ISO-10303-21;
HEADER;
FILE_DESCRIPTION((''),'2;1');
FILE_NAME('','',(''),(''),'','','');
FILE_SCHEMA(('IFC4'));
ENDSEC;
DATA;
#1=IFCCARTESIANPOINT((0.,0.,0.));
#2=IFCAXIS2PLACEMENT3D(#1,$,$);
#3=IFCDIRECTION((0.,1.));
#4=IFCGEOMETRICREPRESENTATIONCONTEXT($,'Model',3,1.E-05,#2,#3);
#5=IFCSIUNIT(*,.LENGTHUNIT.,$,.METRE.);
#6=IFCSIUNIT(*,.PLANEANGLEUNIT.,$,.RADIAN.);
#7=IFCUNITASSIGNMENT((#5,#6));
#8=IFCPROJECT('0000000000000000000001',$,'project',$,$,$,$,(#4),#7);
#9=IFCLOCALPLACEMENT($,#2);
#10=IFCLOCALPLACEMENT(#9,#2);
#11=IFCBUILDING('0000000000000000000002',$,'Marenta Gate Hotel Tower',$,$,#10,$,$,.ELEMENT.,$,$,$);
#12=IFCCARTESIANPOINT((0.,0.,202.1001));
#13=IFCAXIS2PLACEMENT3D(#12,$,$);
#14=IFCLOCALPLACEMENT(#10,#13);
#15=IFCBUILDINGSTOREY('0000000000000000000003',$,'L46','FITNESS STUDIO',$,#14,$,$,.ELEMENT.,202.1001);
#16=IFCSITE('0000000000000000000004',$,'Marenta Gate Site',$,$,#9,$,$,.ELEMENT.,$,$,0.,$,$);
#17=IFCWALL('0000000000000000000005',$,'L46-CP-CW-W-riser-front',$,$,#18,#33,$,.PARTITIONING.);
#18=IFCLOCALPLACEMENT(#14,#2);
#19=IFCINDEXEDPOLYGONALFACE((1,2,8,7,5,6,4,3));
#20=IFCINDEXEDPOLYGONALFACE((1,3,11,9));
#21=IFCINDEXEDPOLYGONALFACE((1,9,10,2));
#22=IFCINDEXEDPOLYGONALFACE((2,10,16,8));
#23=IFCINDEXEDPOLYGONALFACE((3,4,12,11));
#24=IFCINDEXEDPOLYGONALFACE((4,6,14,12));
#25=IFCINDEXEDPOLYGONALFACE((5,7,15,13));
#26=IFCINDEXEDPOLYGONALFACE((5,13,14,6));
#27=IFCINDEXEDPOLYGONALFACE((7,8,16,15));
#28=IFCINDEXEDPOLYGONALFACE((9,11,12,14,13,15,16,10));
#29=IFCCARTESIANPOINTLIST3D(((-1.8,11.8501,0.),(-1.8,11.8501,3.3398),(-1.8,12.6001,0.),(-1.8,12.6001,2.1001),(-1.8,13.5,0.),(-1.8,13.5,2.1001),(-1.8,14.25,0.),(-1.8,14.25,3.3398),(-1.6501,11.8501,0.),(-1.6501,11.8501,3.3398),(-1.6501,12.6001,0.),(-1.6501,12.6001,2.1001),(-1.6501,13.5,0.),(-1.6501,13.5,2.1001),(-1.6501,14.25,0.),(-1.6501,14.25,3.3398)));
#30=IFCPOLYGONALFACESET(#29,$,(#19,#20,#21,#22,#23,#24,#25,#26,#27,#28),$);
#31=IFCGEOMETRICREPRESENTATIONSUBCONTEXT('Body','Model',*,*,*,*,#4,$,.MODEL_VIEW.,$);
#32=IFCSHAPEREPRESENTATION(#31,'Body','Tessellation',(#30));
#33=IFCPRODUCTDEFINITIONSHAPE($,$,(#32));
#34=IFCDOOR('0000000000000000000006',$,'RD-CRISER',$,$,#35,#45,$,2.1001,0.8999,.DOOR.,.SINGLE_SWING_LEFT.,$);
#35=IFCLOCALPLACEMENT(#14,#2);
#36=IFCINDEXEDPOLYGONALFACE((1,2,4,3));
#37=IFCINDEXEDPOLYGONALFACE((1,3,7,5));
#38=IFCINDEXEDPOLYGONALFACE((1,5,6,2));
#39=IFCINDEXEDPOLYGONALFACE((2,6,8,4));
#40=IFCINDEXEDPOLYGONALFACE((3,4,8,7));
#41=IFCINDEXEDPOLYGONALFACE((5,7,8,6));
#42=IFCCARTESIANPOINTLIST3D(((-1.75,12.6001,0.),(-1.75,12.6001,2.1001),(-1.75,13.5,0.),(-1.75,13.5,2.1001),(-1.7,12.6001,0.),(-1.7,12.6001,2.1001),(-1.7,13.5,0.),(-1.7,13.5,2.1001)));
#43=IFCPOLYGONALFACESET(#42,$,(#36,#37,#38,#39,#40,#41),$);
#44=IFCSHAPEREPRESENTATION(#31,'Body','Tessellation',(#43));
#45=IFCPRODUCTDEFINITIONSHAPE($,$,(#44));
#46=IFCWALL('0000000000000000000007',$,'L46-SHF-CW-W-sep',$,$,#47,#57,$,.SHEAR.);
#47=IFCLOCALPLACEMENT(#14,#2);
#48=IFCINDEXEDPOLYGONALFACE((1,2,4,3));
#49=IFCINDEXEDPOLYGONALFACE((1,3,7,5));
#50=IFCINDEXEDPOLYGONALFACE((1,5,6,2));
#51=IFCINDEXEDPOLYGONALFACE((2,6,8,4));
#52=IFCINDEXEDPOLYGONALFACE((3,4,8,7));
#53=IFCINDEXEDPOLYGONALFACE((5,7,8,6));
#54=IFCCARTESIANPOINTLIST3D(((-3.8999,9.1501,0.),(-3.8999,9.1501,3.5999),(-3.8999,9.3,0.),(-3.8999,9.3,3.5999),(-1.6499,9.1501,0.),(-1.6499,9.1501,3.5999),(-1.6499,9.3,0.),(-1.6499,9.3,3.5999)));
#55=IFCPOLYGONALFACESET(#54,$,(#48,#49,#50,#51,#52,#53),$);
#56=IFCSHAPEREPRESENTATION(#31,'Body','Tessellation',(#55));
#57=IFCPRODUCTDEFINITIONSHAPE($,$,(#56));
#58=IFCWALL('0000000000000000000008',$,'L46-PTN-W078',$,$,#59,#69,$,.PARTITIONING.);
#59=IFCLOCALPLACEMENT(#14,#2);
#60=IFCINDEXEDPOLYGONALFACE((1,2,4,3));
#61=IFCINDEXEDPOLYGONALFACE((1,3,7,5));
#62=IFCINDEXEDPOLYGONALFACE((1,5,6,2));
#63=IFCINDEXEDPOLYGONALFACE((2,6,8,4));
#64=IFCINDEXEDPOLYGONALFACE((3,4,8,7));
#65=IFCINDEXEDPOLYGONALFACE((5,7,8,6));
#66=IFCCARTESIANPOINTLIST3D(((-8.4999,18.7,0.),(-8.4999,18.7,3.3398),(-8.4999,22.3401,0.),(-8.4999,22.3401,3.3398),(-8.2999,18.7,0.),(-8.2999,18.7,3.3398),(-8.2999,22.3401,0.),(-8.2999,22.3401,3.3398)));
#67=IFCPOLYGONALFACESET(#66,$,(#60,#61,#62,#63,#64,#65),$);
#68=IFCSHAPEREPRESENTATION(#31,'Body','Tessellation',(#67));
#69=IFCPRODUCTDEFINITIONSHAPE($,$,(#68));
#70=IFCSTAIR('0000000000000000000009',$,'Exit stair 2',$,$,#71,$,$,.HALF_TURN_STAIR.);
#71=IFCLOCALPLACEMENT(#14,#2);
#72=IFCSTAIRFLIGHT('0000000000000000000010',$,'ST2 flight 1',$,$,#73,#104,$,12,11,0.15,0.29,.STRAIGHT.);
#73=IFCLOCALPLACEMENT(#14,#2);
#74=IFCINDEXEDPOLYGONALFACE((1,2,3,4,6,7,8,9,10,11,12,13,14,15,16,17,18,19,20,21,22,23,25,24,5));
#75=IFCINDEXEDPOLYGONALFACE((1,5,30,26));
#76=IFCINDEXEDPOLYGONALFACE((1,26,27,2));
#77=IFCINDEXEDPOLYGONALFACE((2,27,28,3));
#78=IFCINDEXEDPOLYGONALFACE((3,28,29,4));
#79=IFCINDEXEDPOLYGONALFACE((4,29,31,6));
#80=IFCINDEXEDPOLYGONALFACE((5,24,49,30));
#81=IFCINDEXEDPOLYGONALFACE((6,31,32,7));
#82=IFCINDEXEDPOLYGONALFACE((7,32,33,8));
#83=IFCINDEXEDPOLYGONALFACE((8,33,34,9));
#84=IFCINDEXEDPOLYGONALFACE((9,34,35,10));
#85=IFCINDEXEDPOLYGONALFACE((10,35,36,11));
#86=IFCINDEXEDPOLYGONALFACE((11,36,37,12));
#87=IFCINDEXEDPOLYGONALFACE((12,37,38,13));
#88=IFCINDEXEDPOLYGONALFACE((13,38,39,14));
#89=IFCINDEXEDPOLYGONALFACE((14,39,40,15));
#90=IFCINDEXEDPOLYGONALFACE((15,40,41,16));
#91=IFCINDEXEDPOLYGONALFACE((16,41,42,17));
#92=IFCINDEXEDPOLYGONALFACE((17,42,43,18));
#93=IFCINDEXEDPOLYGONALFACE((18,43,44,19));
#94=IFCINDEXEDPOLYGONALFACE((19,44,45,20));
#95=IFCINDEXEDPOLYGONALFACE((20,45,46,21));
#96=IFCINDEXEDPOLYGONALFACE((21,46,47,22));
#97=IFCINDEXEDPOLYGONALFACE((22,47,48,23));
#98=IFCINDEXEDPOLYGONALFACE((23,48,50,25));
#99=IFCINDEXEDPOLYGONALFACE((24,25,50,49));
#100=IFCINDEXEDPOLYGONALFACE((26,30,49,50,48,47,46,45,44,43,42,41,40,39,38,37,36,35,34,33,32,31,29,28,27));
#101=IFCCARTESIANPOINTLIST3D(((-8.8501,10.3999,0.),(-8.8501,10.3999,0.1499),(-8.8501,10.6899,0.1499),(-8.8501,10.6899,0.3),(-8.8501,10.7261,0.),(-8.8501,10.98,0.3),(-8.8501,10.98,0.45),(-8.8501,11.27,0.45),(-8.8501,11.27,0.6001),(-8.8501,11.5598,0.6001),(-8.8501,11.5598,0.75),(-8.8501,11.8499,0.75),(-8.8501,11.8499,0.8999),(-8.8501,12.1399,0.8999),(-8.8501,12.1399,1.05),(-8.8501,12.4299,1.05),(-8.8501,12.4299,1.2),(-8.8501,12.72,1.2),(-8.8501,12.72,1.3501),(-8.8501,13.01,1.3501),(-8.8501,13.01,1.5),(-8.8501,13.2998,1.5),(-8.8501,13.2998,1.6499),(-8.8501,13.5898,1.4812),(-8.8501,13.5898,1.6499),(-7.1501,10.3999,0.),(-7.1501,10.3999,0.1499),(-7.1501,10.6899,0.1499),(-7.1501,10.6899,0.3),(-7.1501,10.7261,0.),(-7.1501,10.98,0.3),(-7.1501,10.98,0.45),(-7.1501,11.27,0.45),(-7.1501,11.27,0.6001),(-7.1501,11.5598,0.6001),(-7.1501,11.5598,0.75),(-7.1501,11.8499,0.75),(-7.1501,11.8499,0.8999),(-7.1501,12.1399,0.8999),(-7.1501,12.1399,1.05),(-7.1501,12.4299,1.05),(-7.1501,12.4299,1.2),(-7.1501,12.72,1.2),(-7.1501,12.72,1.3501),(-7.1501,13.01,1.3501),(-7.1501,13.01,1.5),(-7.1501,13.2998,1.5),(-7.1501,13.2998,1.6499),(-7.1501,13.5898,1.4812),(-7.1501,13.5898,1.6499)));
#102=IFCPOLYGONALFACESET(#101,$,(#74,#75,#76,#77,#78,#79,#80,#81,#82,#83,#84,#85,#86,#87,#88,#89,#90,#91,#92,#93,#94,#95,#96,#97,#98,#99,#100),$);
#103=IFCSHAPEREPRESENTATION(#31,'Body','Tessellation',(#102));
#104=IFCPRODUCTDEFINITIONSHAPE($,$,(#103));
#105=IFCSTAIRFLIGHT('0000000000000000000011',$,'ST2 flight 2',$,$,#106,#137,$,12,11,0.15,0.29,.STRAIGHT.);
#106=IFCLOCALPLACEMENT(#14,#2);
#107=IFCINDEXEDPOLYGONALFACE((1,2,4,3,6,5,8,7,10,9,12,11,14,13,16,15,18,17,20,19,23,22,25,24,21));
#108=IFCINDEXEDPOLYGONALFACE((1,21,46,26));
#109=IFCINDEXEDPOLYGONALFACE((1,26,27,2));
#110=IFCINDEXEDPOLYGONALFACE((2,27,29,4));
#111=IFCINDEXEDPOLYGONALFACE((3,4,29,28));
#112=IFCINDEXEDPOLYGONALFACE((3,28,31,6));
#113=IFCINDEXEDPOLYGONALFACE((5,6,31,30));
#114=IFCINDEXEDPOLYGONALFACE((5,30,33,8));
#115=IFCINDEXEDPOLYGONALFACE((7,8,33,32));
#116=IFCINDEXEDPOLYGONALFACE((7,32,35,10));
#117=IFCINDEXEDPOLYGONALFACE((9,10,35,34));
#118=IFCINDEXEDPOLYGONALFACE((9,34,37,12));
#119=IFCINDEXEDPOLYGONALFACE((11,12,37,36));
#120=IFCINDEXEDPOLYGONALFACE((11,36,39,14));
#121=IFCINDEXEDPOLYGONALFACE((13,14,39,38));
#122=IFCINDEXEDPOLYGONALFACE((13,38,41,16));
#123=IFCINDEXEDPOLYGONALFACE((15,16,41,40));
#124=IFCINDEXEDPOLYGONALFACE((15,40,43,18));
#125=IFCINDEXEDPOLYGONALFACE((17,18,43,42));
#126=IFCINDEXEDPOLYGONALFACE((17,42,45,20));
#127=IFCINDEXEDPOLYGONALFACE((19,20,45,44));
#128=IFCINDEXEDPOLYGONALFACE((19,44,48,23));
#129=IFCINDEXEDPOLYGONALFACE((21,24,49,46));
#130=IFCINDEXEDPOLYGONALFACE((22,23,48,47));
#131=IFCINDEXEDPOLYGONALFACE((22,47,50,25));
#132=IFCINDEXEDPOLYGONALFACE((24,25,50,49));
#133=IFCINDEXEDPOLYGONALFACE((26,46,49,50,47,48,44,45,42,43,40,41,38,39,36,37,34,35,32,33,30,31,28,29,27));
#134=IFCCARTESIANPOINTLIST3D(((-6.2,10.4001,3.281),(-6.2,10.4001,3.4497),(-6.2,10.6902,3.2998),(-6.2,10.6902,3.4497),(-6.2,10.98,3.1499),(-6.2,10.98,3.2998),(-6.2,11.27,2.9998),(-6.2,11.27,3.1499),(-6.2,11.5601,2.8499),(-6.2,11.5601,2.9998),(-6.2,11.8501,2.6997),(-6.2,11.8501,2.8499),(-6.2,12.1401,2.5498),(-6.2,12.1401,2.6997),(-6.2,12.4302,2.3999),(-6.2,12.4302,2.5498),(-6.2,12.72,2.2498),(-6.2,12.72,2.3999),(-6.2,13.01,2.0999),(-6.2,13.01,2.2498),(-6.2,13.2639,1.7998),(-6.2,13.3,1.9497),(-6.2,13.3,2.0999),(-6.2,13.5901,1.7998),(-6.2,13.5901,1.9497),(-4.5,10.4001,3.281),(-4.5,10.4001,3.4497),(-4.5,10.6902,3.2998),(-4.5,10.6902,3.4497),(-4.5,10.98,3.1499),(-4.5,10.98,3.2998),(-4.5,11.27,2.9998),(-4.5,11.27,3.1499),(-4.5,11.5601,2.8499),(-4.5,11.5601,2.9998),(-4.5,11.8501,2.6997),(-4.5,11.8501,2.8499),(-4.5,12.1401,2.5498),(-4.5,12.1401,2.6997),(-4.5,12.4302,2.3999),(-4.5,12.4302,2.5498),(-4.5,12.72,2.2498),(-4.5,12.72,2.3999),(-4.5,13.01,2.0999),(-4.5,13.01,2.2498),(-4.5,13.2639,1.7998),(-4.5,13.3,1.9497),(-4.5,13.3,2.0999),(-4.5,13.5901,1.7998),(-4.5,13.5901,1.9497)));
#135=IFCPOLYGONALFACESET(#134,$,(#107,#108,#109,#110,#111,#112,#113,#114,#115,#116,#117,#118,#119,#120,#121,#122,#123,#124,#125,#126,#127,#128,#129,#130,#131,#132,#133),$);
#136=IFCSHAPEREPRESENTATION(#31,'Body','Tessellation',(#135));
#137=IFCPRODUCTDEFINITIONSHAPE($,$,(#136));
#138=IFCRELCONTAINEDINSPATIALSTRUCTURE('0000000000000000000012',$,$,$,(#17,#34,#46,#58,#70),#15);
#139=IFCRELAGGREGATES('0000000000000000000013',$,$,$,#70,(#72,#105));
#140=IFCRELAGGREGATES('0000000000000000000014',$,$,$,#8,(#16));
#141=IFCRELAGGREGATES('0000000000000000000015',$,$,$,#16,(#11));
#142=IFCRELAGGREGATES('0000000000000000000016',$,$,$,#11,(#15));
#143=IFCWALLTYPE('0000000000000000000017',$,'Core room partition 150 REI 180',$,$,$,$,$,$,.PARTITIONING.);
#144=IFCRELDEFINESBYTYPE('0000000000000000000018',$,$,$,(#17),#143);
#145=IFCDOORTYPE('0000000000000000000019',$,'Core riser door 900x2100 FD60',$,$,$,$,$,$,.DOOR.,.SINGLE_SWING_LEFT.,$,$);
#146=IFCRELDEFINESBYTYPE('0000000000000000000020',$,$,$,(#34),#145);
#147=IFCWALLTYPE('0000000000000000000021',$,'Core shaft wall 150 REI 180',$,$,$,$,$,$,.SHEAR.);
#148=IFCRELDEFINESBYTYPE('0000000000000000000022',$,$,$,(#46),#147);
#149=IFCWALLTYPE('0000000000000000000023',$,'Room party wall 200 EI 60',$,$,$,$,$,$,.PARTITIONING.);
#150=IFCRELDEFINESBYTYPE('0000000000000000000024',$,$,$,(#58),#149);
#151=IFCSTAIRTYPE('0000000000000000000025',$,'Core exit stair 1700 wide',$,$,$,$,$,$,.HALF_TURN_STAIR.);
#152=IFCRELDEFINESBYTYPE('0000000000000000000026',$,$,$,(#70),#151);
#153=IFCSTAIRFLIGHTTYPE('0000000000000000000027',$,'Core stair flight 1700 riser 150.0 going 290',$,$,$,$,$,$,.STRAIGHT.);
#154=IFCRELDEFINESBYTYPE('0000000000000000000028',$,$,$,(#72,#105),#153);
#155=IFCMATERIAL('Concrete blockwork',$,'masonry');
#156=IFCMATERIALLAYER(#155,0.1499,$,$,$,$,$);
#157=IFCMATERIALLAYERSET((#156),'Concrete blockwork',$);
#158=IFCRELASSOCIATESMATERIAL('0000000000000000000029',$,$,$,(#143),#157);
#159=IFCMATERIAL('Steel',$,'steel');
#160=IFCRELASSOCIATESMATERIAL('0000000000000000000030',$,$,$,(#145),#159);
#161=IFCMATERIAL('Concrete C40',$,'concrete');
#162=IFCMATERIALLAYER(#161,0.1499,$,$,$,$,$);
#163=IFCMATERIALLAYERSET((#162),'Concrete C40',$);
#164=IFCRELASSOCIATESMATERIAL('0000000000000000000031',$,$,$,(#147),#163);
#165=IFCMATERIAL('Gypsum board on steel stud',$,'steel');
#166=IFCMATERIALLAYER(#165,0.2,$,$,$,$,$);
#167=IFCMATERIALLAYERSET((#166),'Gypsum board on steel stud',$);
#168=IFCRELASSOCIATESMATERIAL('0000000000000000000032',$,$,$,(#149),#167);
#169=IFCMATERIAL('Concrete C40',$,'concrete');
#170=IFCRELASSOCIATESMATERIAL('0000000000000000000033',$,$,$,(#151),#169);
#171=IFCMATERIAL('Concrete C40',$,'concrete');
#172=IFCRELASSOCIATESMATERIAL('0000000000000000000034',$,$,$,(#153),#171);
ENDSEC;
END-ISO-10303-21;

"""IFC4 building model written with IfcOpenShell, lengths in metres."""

from ifc_helpers import new_model, si_unit, direction, frame, frame_2d, origin, place, context, subcontext, project, spatial, polyline, rectangle, outline, extrude, material, layer, layer_set, type_object, element, fill, aggregate, save


model = new_model("IFC4")

# Units and contexts
model_context = context("Model", 3, precision=1e-05, world=origin(), true_north=direction((0.0, 1.0)))
body_context = subcontext(model_context, "Body", "Model", "MODEL_VIEW")
ifc_project = project(units=[si_unit("LENGTHUNIT", "METRE"), si_unit("PLANEANGLEUNIT", "RADIAN")], contexts=[model_context])

# Site, building, storey
site_placement = place(None, origin())
site = spatial("IfcSite", under=ifc_project, at=site_placement, Name="Marenta Gate Site", CompositionType="ELEMENT", RefElevation=0.0)
building_placement = place(site_placement, origin())
building = spatial("IfcBuilding", under=site, at=building_placement, Name="Marenta Gate Hotel Tower", CompositionType="ELEMENT")
storey_placement = place(building_placement, frame((0.0, 0.0, 202.1001)))
storey = spatial("IfcBuildingStorey", under=building, at=storey_placement, Name="L46", Description="FITNESS STUDIO", CompositionType="ELEMENT", Elevation=202.1001)

# Wall, opening, door
ifc_material_1 = material(Name="Concrete blockwork", Category="masonry")
ifc_layer_1 = layer(ifc_material_1, 0.1499)
ifc_layer_set_1 = layer_set([ifc_layer_1], Name="Concrete blockwork")
wall_type_1 = type_object("IfcWallType", Name="Core room partition 150 REI 180", PredefinedType="PARTITIONING", material=ifc_layer_set_1)
wall_1_placement = place(storey_placement, frame((-1.7251, 11.8501, 0.0), z_axis=(0.0, 0.0, 1.0), x_axis=(0.0, 1.0, 0.0)))
wall_1 = element("IfcWall", 1, at=wall_1_placement, inside=storey, type_object=wall_type_1, Name="L46-CP-CW-W-riser-front", PredefinedType="PARTITIONING", context=body_context, shape_type="SweptSolid", body=[
    extrude(rectangle(XDim=2.3999, YDim=0.1499, at=frame_2d((1.2, 0.0))), origin(), (0.0, 0.0, 1.0), 3.3398),
])
opening_1_placement = place(wall_1_placement, frame((0.75, 0.0, 0.0)))
opening_1 = element("IfcOpeningElement", 2, at=opening_1_placement, cuts=wall_1, PredefinedType="OPENING", context=body_context, shape_type="SweptSolid", body=[
    extrude(rectangle(XDim=0.8999, YDim=2.1001, at=frame_2d((0.45, 1.05))), frame((0.0, 0.075, 0.0), z_axis=(0.0, -1.0, 0.0), x_axis=(1.0, 0.0, 0.0)), (0.0, 0.0, 1.0), 0.1499),
])
ifc_material_2 = material(Name="Steel", Category="steel")
door_type_1 = type_object("IfcDoorType", Name="Core riser door 900x2100 FD60", OperationType="SINGLE_SWING_LEFT", PredefinedType="DOOR", material=ifc_material_2)
door_1_placement = place(opening_1_placement, origin())
door_1 = element("IfcDoor", 3, at=door_1_placement, inside=storey, type_object=door_type_1, Name="RD-CRISER", OperationType="SINGLE_SWING_LEFT", OverallHeight=2.1001, OverallWidth=0.8999, PredefinedType="DOOR", context=body_context, shape_type="SweptSolid", body=[
    extrude(rectangle(XDim=0.8999, YDim=2.1001, at=frame_2d((0.45, 1.05))), frame((0.0, 0.0249, 0.0), z_axis=(0.0, -1.0, 0.0), x_axis=(1.0, 0.0, 0.0)), (0.0, 0.0, 1.0), 0.05),
])
fill(opening_1, door_1)

# Walls
ifc_material_3 = material(Name="Concrete C40", Category="concrete")
ifc_layer_2 = layer(ifc_material_3, 0.1499)
ifc_layer_set_2 = layer_set([ifc_layer_2], Name="Concrete C40")
wall_type_2 = type_object("IfcWallType", Name="Core shaft wall 150 REI 180", PredefinedType="SHEAR", material=ifc_layer_set_2)
wall_2_placement = place(storey_placement, frame((-3.8999, 9.2251, 0.0), z_axis=(0.0, 0.0, 1.0), x_axis=(1.0, 0.0, 0.0)))
element("IfcWall", 4, at=wall_2_placement, inside=storey, type_object=wall_type_2, Name="L46-SHF-CW-W-sep", PredefinedType="SHEAR", context=body_context, shape_type="SweptSolid", body=[
    extrude(rectangle(XDim=2.25, YDim=0.1499, at=frame_2d((1.125, 0.0))), origin(), (0.0, 0.0, 1.0), 3.5999),
])
ifc_material_4 = material(Name="Gypsum board on steel stud", Category="steel")
ifc_layer_3 = layer(ifc_material_4, 0.2)
ifc_layer_set_3 = layer_set([ifc_layer_3], Name="Gypsum board on steel stud")
wall_type_3 = type_object("IfcWallType", Name="Room party wall 200 EI 60", PredefinedType="PARTITIONING", material=ifc_layer_set_3)
wall_3_placement = place(storey_placement, frame((-8.3999, 18.7, 0.0), z_axis=(0.0, 0.0, 1.0), x_axis=(0.0, 1.0, 0.0)))
element("IfcWall", 5, at=wall_3_placement, inside=storey, type_object=wall_type_3, Name="L46-PTN-W078", PredefinedType="PARTITIONING", context=body_context, shape_type="SweptSolid", body=[
    extrude(rectangle(XDim=3.6401, YDim=0.2, at=frame_2d((1.8201, 0.0))), origin(), (0.0, 0.0, 1.0), 3.3398),
])

# Stair, stair flights
ifc_material_5 = material(Name="Concrete C40", Category="concrete")
stair_type = type_object("IfcStairType", Name="Core exit stair 1700 wide", PredefinedType="HALF_TURN_STAIR", material=ifc_material_5)
stair_placement = place(storey_placement, origin())
stair = element("IfcStair", 6, at=stair_placement, inside=storey, type_object=stair_type, Name="Exit stair 2", PredefinedType="HALF_TURN_STAIR")
ifc_material_6 = material(Name="Concrete C40", Category="concrete")
stair_flight_type = type_object("IfcStairFlightType", Name="Core stair flight 1700 riser 150.0 going 290", PredefinedType="STRAIGHT", material=ifc_material_6)
stair_flight_1_placement = place(storey_placement, frame((-8.0, 10.3999, 0.0), z_axis=(0.0, 0.0, 1.0), x_axis=(0.0, 1.0, 0.0)))
stair_flight_1 = element("IfcStairFlight", 7, at=stair_flight_1_placement, type_object=stair_flight_type, Name="ST2 flight 1", NumberOfRisers=12, NumberOfTreads=11, PredefinedType="STRAIGHT", RiserHeight=0.15, TreadLength=0.29, context=body_context, shape_type="SweptSolid", body=[
    extrude(outline(polyline([(0.0, 0.0), (0.0, 0.1499), (0.29, 0.1499), (0.29, 0.3), (0.5801, 0.3), (0.5801, 0.45), (0.8701, 0.45), (0.8701, 0.6001), (1.1599, 0.6001), (1.1599, 0.75), (1.45, 0.75), (1.45, 0.8999), (1.74, 0.8999), (1.74, 1.05), (2.03, 1.05), (2.03, 1.2), (2.3201, 1.2), (2.3201, 1.3501), (2.6101, 1.3501), (2.6101, 1.5), (2.8999, 1.5), (2.8999, 1.6499), (3.1899, 1.6499), (3.1899, 1.8), (3.1899, 1.4812), (0.3262, 0.0), (0.0, 0.0)])), frame((0.0, 0.8501, 0.0), z_axis=(0.0, -1.0, 0.0), x_axis=(1.0, 0.0, 0.0)), (0.0, 0.0, 1.0), 1.7),
])
stair_flight_2_placement = place(storey_placement, frame((-5.3501, 13.5901, 1.7998), z_axis=(0.0, 0.0, 1.0), x_axis=(0.0, -1.0, 0.0)))
stair_flight_2 = element("IfcStairFlight", 8, at=stair_flight_2_placement, type_object=stair_flight_type, Name="ST2 flight 2", NumberOfRisers=12, NumberOfTreads=11, PredefinedType="STRAIGHT", RiserHeight=0.15, TreadLength=0.29, context=body_context, shape_type="SweptSolid", body=[
    extrude(outline(polyline([(0.0, 0.0), (0.0, 0.1499), (0.29, 0.1499), (0.29, 0.3), (0.5801, 0.3), (0.5801, 0.45), (0.8701, 0.45), (0.8701, 0.6001), (1.1599, 0.6001), (1.1599, 0.75), (1.45, 0.75), (1.45, 0.8999), (1.74, 0.8999), (1.74, 1.05), (2.03, 1.05), (2.03, 1.2), (2.3201, 1.2), (2.3201, 1.3501), (2.6101, 1.3501), (2.6101, 1.5), (2.8999, 1.5), (2.8999, 1.6499), (3.1899, 1.6499), (3.1899, 1.8), (3.1899, 1.4812), (0.3262, 0.0), (0.0, 0.0)])), frame((0.0, 0.8501, 0.0), z_axis=(0.0, -1.0, 0.0), x_axis=(1.0, 0.0, 0.0)), (0.0, 0.0, 1.0), 1.7),
])
aggregate(stair, [stair_flight_1, stair_flight_2])

save(model, "model.ifc")
